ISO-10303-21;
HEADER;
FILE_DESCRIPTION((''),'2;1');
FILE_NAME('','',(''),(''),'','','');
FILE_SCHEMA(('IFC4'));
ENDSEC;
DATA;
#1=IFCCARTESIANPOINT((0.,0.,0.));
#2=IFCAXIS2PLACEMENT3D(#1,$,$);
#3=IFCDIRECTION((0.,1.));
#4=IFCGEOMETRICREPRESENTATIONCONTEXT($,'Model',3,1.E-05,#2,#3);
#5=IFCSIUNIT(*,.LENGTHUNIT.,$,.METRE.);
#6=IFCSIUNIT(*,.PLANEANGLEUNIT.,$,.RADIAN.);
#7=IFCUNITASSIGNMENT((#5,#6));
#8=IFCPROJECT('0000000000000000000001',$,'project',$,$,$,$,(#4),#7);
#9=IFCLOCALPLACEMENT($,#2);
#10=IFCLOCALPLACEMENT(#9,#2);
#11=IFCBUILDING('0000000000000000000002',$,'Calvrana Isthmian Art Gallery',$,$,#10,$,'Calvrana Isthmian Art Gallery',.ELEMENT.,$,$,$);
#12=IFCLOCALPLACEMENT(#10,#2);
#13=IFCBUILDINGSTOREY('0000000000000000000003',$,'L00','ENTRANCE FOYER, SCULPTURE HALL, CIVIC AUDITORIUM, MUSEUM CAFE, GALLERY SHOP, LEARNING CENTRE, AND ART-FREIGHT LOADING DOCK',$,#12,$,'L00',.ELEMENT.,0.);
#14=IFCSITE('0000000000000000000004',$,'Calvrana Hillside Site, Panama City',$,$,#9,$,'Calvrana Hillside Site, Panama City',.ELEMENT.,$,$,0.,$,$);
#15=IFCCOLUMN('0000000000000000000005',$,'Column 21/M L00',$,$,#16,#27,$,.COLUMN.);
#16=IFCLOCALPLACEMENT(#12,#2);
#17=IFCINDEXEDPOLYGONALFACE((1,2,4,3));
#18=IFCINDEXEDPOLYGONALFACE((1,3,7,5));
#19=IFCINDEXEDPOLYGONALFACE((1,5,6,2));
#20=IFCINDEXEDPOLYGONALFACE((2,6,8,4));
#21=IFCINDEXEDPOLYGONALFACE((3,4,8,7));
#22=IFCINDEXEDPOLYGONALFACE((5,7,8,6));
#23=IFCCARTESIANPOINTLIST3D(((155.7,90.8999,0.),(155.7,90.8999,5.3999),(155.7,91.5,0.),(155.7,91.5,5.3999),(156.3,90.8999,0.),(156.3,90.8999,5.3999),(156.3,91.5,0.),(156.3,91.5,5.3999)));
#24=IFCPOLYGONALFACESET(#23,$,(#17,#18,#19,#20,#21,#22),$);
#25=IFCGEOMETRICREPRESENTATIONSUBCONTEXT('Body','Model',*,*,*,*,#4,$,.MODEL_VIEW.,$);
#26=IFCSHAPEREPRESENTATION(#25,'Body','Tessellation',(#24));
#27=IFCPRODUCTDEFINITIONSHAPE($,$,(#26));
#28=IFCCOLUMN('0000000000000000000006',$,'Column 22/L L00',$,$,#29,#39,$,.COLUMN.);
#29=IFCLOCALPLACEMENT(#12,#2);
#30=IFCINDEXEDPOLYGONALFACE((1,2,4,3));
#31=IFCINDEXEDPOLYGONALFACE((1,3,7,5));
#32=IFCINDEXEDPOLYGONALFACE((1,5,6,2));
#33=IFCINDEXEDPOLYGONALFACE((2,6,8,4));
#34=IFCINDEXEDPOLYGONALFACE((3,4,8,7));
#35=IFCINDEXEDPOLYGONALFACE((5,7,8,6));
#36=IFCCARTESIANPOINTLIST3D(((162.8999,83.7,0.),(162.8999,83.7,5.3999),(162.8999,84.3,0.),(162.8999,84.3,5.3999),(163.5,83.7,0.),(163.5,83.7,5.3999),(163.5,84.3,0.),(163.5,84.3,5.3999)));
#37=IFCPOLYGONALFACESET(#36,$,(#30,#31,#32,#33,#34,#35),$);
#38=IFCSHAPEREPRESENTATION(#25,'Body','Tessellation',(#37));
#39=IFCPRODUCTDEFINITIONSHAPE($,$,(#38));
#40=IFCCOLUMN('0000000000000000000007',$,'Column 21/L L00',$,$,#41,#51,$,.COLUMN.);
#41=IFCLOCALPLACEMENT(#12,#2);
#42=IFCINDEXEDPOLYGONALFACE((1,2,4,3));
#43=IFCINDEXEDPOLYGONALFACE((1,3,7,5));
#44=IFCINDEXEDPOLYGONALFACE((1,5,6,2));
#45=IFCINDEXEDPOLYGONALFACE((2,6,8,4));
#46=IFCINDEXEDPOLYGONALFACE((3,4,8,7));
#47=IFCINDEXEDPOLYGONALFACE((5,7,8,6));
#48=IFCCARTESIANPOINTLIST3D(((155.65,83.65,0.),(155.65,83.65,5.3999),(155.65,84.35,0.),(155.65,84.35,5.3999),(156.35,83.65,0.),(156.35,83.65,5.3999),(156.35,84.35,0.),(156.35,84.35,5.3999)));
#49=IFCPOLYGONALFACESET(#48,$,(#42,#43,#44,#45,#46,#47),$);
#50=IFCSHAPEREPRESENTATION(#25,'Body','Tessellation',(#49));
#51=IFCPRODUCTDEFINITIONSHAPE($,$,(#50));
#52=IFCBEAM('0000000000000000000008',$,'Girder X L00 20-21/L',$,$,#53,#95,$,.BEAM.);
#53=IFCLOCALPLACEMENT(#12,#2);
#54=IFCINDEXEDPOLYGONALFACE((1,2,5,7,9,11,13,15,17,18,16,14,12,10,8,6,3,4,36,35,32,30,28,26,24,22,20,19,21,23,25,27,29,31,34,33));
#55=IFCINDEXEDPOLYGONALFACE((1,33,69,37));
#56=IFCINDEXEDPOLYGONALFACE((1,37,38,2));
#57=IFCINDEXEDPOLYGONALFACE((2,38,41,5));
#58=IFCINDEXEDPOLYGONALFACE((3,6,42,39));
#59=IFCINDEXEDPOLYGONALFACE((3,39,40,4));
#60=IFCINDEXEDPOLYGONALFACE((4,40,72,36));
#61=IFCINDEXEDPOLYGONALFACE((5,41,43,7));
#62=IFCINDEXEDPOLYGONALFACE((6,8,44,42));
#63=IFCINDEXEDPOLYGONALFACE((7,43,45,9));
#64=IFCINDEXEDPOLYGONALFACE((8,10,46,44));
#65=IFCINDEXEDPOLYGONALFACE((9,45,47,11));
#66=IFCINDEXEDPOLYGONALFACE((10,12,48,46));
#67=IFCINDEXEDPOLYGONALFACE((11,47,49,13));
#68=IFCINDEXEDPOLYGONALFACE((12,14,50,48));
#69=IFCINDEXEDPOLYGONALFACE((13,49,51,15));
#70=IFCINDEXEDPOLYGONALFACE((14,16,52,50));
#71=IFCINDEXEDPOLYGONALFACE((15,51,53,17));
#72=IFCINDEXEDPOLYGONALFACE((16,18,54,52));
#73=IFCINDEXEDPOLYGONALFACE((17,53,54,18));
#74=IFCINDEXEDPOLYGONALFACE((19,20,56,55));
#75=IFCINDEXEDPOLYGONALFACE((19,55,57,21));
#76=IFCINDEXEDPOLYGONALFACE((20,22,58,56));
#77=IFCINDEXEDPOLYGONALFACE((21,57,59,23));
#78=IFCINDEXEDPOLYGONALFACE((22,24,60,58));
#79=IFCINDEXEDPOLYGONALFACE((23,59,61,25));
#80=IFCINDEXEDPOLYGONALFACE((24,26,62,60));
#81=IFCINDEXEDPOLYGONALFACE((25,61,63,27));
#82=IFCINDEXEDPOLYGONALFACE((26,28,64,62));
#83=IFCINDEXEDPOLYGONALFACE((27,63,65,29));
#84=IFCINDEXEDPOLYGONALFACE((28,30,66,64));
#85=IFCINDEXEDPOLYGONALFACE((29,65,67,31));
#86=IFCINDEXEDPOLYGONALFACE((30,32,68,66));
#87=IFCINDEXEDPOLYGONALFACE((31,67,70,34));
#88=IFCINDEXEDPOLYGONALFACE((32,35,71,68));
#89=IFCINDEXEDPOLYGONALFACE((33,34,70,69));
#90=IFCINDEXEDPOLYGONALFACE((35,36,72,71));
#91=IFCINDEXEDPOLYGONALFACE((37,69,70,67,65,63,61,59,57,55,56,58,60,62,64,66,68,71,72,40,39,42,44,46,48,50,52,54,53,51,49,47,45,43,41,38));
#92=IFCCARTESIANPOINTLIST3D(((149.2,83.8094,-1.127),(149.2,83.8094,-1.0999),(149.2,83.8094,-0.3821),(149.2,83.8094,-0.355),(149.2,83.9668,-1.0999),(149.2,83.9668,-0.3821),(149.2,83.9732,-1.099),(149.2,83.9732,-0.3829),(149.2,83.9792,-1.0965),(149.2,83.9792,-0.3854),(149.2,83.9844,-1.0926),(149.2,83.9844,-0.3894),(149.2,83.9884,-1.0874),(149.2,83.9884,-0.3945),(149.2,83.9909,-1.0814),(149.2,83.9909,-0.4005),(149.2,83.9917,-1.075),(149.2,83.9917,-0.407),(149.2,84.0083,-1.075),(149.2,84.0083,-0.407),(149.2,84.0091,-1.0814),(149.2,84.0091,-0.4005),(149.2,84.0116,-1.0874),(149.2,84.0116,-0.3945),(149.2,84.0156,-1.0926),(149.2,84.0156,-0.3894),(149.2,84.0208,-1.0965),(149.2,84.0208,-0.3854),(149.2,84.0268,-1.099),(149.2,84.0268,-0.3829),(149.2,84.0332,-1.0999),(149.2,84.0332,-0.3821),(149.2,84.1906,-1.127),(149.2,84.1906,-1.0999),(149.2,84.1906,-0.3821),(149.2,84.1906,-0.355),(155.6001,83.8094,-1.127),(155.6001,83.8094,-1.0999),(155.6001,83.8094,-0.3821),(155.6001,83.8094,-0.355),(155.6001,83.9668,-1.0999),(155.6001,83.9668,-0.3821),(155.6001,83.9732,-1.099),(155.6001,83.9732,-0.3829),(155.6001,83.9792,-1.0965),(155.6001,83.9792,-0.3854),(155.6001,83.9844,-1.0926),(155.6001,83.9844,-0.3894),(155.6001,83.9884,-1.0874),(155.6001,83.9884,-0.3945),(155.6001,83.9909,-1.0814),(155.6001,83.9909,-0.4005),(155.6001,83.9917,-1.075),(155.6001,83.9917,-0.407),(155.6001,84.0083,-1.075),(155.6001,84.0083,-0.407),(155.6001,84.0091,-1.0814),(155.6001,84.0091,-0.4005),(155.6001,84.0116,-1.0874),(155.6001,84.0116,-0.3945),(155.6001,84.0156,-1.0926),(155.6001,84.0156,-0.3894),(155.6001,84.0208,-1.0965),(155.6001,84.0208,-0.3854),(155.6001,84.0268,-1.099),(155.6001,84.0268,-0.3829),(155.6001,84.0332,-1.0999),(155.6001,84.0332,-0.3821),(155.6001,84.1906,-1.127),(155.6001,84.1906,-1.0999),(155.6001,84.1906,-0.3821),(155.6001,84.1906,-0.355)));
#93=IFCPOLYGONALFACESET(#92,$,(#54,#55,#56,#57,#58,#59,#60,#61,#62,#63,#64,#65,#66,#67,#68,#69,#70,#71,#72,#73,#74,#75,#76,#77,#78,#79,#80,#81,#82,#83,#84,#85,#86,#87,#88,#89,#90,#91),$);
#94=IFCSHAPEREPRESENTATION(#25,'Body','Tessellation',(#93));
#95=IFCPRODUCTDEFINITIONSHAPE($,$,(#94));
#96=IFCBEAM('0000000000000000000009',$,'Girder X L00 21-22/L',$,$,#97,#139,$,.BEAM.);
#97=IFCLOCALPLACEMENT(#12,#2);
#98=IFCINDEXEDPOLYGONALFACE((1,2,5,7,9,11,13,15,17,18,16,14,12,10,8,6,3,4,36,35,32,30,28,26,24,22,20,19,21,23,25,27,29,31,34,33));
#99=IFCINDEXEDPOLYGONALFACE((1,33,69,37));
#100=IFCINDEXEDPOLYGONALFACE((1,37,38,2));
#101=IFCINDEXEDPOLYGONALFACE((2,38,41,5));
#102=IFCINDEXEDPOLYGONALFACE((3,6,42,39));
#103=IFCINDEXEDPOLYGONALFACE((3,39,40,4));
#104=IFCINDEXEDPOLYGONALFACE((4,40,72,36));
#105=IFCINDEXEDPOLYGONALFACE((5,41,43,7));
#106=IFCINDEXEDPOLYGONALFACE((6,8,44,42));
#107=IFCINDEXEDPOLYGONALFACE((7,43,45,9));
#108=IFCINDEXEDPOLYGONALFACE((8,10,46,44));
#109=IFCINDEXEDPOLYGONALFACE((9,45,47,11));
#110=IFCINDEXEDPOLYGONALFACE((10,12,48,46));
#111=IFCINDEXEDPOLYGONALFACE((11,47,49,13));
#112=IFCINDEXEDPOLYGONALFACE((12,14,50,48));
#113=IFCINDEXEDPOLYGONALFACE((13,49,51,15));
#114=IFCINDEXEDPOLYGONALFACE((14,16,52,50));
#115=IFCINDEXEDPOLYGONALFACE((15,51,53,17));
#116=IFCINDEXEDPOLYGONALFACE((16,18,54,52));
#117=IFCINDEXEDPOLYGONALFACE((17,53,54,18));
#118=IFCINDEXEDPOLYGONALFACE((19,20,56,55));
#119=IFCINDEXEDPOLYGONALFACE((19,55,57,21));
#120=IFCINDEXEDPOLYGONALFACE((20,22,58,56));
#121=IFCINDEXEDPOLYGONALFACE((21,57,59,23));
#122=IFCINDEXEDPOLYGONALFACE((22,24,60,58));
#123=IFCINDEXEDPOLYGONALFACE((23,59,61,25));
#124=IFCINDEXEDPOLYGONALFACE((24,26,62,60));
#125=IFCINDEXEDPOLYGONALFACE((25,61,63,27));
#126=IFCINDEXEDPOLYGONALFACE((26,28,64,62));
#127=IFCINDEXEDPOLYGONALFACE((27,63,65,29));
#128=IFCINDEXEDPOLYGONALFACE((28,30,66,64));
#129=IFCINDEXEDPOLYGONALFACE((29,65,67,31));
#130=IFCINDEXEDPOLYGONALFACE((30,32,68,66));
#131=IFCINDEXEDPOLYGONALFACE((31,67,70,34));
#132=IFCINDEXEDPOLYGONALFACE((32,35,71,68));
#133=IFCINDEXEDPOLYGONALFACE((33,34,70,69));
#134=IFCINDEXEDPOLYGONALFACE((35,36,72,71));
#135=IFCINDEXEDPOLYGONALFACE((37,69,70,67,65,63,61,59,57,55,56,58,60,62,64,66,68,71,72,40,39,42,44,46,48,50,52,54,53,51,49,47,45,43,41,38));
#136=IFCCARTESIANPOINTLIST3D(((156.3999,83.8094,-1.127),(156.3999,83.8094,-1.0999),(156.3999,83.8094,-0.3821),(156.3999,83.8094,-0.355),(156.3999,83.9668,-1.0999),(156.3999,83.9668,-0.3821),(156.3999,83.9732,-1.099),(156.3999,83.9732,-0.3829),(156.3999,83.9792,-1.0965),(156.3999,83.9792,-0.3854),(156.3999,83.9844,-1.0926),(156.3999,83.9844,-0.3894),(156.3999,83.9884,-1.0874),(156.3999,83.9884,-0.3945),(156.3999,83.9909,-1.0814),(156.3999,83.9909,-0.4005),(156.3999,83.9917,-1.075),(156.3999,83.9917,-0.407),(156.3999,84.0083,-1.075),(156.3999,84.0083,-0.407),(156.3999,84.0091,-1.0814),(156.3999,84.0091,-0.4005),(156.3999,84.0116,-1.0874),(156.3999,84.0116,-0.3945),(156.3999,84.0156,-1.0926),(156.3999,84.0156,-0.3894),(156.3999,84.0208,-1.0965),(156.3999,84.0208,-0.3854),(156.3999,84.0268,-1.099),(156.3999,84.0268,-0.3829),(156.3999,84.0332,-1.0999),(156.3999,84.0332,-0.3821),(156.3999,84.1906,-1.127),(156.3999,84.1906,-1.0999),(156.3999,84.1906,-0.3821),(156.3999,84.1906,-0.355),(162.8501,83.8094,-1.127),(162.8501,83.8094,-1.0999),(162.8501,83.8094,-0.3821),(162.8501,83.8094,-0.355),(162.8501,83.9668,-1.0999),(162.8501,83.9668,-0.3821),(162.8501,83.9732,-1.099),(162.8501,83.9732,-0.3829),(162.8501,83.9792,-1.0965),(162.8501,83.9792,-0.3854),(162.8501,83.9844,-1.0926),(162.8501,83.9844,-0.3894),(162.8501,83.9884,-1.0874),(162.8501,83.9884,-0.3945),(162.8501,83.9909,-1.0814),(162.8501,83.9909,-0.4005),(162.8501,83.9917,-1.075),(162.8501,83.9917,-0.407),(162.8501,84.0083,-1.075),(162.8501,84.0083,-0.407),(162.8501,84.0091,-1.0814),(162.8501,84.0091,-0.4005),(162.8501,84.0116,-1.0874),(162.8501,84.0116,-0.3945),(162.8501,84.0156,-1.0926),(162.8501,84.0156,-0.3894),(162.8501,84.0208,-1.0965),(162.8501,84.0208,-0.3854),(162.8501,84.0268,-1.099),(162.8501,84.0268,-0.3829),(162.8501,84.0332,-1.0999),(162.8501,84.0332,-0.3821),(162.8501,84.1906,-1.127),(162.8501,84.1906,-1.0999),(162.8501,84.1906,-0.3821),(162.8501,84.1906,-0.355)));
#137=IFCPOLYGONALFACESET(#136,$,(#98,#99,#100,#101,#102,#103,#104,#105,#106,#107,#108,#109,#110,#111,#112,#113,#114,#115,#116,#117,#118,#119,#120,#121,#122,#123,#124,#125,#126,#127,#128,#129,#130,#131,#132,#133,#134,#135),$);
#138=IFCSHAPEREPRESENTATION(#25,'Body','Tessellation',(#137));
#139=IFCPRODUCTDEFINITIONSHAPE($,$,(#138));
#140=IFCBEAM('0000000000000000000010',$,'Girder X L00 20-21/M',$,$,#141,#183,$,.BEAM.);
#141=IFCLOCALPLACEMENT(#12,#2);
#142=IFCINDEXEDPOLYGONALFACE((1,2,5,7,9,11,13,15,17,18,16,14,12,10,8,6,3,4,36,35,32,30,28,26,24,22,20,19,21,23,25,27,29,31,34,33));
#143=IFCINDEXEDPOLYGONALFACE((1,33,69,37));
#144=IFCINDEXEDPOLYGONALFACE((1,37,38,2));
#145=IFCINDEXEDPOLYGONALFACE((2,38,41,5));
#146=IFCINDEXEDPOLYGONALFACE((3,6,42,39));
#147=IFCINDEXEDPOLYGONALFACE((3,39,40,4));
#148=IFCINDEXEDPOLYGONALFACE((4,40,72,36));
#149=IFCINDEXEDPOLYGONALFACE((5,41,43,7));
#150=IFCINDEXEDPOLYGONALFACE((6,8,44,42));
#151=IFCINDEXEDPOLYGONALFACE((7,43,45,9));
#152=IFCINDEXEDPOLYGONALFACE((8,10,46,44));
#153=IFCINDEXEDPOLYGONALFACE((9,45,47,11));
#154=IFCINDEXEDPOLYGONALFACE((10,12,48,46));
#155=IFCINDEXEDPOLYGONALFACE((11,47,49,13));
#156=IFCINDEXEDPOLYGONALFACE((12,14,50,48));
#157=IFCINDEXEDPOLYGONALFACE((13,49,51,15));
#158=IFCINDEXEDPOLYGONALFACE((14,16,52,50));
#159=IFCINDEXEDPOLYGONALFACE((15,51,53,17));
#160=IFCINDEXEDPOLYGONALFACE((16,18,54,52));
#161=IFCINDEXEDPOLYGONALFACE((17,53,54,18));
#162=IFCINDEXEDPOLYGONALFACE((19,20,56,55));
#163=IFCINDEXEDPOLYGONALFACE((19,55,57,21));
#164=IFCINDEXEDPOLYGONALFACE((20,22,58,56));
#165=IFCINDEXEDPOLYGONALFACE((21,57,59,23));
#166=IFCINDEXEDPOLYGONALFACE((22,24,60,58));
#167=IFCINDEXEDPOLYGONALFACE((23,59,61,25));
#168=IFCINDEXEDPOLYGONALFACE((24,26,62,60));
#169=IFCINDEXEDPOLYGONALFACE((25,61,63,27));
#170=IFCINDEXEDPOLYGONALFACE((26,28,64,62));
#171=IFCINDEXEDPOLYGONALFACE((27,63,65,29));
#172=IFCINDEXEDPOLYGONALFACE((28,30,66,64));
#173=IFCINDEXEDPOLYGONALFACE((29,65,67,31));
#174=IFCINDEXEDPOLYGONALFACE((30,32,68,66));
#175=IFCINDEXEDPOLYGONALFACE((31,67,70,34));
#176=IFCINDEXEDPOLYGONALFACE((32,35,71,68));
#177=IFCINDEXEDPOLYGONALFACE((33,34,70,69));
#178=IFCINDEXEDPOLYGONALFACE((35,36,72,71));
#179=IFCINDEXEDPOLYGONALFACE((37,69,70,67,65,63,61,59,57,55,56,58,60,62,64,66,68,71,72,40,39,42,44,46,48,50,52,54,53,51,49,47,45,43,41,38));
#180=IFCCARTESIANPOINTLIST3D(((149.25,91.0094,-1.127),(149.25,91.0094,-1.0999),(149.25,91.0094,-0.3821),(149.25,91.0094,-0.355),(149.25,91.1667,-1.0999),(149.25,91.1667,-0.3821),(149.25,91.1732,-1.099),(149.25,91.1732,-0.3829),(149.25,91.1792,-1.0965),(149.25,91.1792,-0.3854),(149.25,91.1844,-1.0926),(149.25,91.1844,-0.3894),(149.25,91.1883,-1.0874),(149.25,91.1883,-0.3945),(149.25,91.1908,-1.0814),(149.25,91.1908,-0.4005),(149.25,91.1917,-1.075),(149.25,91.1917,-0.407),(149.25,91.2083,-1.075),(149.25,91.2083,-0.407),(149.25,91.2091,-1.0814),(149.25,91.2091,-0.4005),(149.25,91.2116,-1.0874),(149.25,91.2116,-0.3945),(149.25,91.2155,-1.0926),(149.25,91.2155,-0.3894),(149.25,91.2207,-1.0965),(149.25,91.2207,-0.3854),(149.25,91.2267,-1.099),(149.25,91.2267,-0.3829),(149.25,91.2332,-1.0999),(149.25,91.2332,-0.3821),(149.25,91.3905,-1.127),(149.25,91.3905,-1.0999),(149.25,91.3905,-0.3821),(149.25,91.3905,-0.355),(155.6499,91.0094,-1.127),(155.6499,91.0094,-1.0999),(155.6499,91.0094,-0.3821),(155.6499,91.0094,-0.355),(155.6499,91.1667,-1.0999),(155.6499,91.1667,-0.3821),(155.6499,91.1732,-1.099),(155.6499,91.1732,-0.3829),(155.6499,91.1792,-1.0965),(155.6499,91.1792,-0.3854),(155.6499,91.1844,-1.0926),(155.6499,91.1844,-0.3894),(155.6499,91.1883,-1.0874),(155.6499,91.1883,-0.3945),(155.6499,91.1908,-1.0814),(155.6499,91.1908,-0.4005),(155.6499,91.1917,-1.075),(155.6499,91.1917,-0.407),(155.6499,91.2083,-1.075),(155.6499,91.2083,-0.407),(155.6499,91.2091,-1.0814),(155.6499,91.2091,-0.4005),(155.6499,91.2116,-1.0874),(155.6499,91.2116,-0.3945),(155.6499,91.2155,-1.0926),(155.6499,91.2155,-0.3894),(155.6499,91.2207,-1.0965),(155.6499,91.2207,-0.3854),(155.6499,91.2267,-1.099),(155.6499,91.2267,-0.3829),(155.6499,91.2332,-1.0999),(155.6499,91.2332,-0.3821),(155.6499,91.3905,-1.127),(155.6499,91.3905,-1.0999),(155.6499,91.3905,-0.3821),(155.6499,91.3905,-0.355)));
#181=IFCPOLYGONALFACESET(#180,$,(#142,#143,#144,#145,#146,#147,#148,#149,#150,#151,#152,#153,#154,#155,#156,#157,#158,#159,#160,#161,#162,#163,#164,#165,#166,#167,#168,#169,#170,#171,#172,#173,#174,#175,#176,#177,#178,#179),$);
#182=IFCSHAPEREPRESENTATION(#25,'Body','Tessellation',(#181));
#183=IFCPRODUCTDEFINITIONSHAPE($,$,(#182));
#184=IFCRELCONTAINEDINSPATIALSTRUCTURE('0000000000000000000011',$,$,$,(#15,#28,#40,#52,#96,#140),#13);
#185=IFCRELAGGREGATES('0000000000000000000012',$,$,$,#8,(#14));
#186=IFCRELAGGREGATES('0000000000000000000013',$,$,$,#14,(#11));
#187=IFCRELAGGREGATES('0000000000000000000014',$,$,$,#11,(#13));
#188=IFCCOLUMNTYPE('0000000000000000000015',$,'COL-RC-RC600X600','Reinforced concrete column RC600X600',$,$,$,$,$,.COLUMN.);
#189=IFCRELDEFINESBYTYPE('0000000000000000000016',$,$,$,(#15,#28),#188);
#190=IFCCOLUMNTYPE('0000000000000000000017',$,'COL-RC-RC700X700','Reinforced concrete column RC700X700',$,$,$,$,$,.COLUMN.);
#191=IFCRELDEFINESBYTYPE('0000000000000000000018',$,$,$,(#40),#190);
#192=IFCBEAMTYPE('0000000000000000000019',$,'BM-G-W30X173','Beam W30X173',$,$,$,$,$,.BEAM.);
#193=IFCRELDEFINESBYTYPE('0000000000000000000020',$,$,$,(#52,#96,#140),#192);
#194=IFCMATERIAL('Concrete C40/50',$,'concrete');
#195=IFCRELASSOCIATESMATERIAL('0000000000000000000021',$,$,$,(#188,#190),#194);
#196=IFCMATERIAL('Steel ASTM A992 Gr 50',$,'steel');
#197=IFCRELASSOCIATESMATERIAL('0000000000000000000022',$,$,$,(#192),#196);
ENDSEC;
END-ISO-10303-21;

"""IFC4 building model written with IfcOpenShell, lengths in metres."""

from ifc_helpers import new_model, si_unit, direction, frame, origin, origin_2d, place, context, subcontext, project, spatial, rectangle, i_section, extrude, material, material_profile, profile_set, type_object, element, save


model = new_model("IFC4")

# Units and contexts
model_context = context("Model", 3, precision=1e-05, world=origin(), true_north=direction((0.0, 1.0)))
body_context = subcontext(model_context, "Body", "Model", "MODEL_VIEW")
ifc_project = project(units=[si_unit("LENGTHUNIT", "METRE"), si_unit("PLANEANGLEUNIT", "RADIAN")], contexts=[model_context])

# Site, building, storey
site_placement = place(None, origin())
site = spatial("IfcSite", under=ifc_project, at=site_placement, Name="Calvrana Hillside Site, Panama City", LongName="Calvrana Hillside Site, Panama City", CompositionType="ELEMENT", RefElevation=0.0)
building_placement = place(site_placement, origin())
building = spatial("IfcBuilding", under=site, at=building_placement, Name="Calvrana Isthmian Art Gallery", LongName="Calvrana Isthmian Art Gallery", CompositionType="ELEMENT")
storey_placement = place(building_placement, origin())
storey = spatial("IfcBuildingStorey", under=building, at=storey_placement, Name="L00", Description="ENTRANCE FOYER, SCULPTURE HALL, CIVIC AUDITORIUM, MUSEUM CAFE, GALLERY SHOP, LEARNING CENTRE, AND ART-FREIGHT LOADING DOCK", LongName="L00", CompositionType="ELEMENT", Elevation=0.0)

# Columns
ifc_material_1 = material(Name="Concrete C40/50", Category="concrete")
ifc_material_profile_1 = material_profile(ifc_material_1, rectangle(XDim=0.6001, YDim=0.6001, at=origin_2d()), Name="RC600X600")
ifc_profile_set_1 = profile_set([ifc_material_profile_1], Name="Concrete C40/50")
column_type_1 = type_object("IfcColumnType", Name="COL-RC-RC600X600", Description="Reinforced concrete column RC600X600", PredefinedType="COLUMN", material=ifc_profile_set_1)
for number, where, z_axis, x_axis, name in (
    (1, (156.0, 91.2, 0.0), (0.0, 0.0, 1.0), (1.0, 0.0, 0.0), "Column 21/M L00"),
    (2, (163.2, 84.0, 0.0), (0.0, 0.0, 1.0), (1.0, 0.0, 0.0), "Column 22/L L00"),
):
    element("IfcColumn", number, at=place(storey_placement, frame(where, z_axis=z_axis, x_axis=x_axis)), inside=storey, type_object=column_type_1, Name=name, PredefinedType="COLUMN", context=body_context, shape_type="SweptSolid", body=[
        extrude(rectangle(XDim=0.6001, YDim=0.6001, at=origin_2d()), origin(), (0.0, 0.0, 1.0), 5.3999),
    ])
ifc_material_profile_2 = material_profile(ifc_material_1, rectangle(XDim=0.7, YDim=0.7, at=origin_2d()), Name="RC700X700")
ifc_profile_set_2 = profile_set([ifc_material_profile_2], Name="Concrete C40/50")
column_type_2 = type_object("IfcColumnType", Name="COL-RC-RC700X700", Description="Reinforced concrete column RC700X700", PredefinedType="COLUMN", material=ifc_profile_set_2)
column_placement = place(storey_placement, frame((156.0, 84.0, 0.0), z_axis=(0.0, 0.0, 1.0), x_axis=(1.0, 0.0, 0.0)))
element("IfcColumn", 3, at=column_placement, inside=storey, type_object=column_type_2, Name="Column 21/L L00", PredefinedType="COLUMN", context=body_context, shape_type="SweptSolid", body=[
    extrude(rectangle(XDim=0.7, YDim=0.7, at=origin_2d()), origin(), (0.0, 0.0, 1.0), 5.3999),
])

# Beams
ifc_material_2 = material(Name="Steel ASTM A992 Gr 50", Category="steel")
ifc_material_profile_3 = material_profile(ifc_material_2, i_section(OverallWidth=0.3811, OverallDepth=0.772, WebThickness=0.0166, FlangeThickness=0.0271, FilletRadius=0.0249, at=origin_2d()), Name="W30X173")
ifc_profile_set_3 = profile_set([ifc_material_profile_3], Name="Steel ASTM A992 Gr 50")
beam_type_1 = type_object("IfcBeamType", Name="BM-G-W30X173", Description="Beam W30X173", PredefinedType="BEAM", material=ifc_profile_set_3)
beam_1_placement = place(storey_placement, frame((149.2, 84.0, -0.741), z_axis=(1.0, 0.0, 0.0), x_axis=(0.0, 1.0, 0.0)))
element("IfcBeam", 4, at=beam_1_placement, inside=storey, type_object=beam_type_1, Name="Girder X L00 20-21/L", PredefinedType="BEAM", context=body_context, shape_type="SweptSolid", body=[
    extrude(i_section(OverallWidth=0.3811, OverallDepth=0.772, WebThickness=0.0166, FlangeThickness=0.0271, FilletRadius=0.0249, at=origin_2d()), origin(), (0.0, 0.0, 1.0), 6.4001),
])
beam_2_placement = place(storey_placement, frame((156.3999, 84.0, -0.741), z_axis=(1.0, 0.0, 0.0), x_axis=(0.0, 1.0, 0.0)))
element("IfcBeam", 5, at=beam_2_placement, inside=storey, type_object=beam_type_1, Name="Girder X L00 21-22/L", PredefinedType="BEAM", context=body_context, shape_type="SweptSolid", body=[
    extrude(i_section(OverallWidth=0.3811, OverallDepth=0.772, WebThickness=0.0166, FlangeThickness=0.0271, FilletRadius=0.0249, at=origin_2d()), origin(), (0.0, 0.0, 1.0), 6.4502),
])
beam_3_placement = place(storey_placement, frame((149.25, 91.2, -0.741), z_axis=(1.0, 0.0, 0.0), x_axis=(0.0, 1.0, 0.0)))
element("IfcBeam", 6, at=beam_3_placement, inside=storey, type_object=beam_type_1, Name="Girder X L00 20-21/M", PredefinedType="BEAM", context=body_context, shape_type="SweptSolid", body=[
    extrude(i_section(OverallWidth=0.3811, OverallDepth=0.772, WebThickness=0.0166, FlangeThickness=0.0271, FilletRadius=0.0249, at=origin_2d()), origin(), (0.0, 0.0, 1.0), 6.3999),
])

save(model, "model.ifc")
